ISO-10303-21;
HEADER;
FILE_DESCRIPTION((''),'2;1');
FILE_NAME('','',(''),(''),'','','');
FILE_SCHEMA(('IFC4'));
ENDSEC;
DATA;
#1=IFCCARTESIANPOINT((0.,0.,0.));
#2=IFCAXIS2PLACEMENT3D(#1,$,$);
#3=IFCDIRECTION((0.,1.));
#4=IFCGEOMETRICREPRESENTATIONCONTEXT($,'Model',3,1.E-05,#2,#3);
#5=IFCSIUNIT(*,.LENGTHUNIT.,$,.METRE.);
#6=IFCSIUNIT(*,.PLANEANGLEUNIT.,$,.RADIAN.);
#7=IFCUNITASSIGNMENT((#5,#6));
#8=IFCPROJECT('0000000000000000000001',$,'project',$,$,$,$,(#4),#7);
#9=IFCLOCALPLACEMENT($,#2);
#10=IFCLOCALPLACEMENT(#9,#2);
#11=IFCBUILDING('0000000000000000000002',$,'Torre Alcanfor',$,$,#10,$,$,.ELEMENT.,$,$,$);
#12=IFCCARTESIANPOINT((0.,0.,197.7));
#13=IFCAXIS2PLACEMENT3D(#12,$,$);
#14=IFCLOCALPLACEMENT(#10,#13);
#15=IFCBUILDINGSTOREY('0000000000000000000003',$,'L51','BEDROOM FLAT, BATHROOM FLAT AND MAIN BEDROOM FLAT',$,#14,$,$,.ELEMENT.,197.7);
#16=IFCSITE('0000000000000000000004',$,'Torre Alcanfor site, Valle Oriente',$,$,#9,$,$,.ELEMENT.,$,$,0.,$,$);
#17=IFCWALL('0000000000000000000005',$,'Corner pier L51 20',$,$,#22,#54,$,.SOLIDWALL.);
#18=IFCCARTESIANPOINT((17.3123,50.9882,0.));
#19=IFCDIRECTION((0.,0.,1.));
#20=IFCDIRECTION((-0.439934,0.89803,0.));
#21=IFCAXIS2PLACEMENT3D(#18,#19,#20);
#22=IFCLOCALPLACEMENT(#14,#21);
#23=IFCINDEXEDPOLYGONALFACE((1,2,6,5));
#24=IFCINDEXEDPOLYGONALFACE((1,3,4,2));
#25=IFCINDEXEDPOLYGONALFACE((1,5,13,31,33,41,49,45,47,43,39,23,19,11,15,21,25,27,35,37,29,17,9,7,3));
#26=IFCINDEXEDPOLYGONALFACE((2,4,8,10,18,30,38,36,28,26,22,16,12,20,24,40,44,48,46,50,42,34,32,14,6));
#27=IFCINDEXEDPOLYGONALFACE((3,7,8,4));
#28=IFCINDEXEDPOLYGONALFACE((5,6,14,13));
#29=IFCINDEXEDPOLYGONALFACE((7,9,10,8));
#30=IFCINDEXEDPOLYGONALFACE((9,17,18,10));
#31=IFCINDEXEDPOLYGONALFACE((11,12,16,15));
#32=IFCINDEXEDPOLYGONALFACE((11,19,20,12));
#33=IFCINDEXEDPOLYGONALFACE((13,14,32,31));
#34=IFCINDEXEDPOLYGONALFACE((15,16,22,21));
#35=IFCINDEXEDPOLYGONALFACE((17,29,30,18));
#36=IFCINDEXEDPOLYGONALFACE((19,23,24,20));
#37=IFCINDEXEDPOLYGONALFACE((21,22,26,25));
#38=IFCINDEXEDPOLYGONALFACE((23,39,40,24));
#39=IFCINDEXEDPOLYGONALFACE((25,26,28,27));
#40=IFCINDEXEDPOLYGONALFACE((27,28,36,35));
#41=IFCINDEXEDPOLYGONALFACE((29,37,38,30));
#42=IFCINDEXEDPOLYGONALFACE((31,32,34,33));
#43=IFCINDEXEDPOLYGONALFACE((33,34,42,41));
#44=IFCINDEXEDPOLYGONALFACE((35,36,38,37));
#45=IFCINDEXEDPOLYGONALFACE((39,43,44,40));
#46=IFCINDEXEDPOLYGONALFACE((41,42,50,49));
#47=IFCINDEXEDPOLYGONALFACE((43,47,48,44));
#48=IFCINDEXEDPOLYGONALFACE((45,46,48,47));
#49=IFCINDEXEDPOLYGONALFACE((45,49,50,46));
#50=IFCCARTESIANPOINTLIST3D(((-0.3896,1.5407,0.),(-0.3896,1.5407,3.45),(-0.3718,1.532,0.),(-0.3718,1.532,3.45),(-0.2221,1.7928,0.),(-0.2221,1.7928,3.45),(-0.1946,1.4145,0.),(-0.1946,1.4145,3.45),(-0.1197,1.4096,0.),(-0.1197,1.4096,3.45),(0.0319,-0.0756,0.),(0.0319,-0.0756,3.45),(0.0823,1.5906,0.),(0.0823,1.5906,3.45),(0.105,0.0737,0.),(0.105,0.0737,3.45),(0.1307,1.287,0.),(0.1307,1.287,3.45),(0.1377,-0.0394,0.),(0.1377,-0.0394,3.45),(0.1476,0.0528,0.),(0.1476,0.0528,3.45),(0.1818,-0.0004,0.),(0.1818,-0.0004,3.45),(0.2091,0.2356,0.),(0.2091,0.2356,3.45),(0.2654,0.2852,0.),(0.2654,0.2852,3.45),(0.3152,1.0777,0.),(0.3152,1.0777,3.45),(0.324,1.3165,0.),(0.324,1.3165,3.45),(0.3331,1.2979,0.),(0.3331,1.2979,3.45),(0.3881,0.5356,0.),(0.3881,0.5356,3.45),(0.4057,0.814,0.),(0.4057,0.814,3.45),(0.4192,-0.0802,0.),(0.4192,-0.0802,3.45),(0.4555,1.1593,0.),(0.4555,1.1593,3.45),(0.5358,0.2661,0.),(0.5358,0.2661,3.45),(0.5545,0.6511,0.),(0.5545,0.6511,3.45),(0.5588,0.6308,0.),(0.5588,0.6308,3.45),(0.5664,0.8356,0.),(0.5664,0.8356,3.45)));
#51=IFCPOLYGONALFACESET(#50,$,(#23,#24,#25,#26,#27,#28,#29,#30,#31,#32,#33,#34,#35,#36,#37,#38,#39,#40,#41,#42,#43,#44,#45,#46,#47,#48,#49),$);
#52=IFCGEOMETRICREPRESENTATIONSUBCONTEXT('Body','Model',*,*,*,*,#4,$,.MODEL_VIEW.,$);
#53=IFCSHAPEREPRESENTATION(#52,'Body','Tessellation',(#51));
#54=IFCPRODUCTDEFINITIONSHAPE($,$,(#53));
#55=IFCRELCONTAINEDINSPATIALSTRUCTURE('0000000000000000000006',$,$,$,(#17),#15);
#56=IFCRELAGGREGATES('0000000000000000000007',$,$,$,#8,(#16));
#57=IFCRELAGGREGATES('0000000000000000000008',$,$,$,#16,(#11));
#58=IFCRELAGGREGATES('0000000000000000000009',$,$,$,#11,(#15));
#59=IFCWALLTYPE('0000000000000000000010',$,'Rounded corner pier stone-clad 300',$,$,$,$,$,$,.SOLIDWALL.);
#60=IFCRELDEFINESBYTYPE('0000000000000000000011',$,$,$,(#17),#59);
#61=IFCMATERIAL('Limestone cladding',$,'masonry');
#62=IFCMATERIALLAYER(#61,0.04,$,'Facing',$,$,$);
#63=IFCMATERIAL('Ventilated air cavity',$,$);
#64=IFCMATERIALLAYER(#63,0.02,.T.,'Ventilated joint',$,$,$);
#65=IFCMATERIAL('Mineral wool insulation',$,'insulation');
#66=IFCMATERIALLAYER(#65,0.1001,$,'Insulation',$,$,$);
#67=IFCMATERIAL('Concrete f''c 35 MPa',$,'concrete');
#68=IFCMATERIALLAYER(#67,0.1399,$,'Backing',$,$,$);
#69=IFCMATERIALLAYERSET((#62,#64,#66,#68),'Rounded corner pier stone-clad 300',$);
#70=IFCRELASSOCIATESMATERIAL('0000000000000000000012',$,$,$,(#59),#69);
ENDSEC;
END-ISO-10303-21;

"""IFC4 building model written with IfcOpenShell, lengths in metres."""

from ifc_helpers import new_model, si_unit, direction, frame, origin, place, context, subcontext, project, spatial, polyline, outline, extrude, material, layer, layer_set, type_object, element, save


model = new_model("IFC4")

# Units and contexts
model_context = context("Model", 3, precision=1e-05, world=origin(), true_north=direction((0.0, 1.0)))
body_context = subcontext(model_context, "Body", "Model", "MODEL_VIEW")
ifc_project = project(units=[si_unit("LENGTHUNIT", "METRE"), si_unit("PLANEANGLEUNIT", "RADIAN")], contexts=[model_context])

# Site, building, storey
site_placement = place(None, origin())
site = spatial("IfcSite", under=ifc_project, at=site_placement, Name="Torre Alcanfor site, Valle Oriente", CompositionType="ELEMENT", RefElevation=0.0)
building_placement = place(site_placement, origin())
building = spatial("IfcBuilding", under=site, at=building_placement, Name="Torre Alcanfor", CompositionType="ELEMENT")
storey_placement = place(building_placement, frame((0.0, 0.0, 197.7)))
storey = spatial("IfcBuildingStorey", under=building, at=storey_placement, Name="L51", Description="BEDROOM FLAT, BATHROOM FLAT AND MAIN BEDROOM FLAT", CompositionType="ELEMENT", Elevation=197.7)

# Shared definitions
ifc_material_1 = material(Name="Limestone cladding", Category="masonry")
ifc_material_2 = material(Name="Ventilated air cavity")
ifc_material_3 = material(Name="Mineral wool insulation", Category="insulation")
ifc_material_4 = material(Name="Concrete f'c 35 MPa", Category="concrete")

# Wall
ifc_layer_1 = layer(ifc_material_1, 0.04, Name="Facing")
ifc_layer_2 = layer(ifc_material_2, 0.02, ventilated=True, Name="Ventilated joint")
ifc_layer_3 = layer(ifc_material_3, 0.1001, Name="Insulation")
ifc_layer_4 = layer(ifc_material_4, 0.1399, Name="Backing")
ifc_layer_set_1 = layer_set([ifc_layer_1, ifc_layer_2, ifc_layer_3, ifc_layer_4], Name="Rounded corner pier stone-clad 300")
wall_type_1 = type_object("IfcWallType", Name="Rounded corner pier stone-clad 300", PredefinedType="SOLIDWALL", material=ifc_layer_set_1)
wall_1_placement = place(storey_placement, frame((17.3123, 50.9882, 0.0), z_axis=(0.0, 0.0, 1.0), x_axis=(-0.439934, 0.89803, 0.0)))
element("IfcWall", 1, at=wall_1_placement, inside=storey, type_object=wall_type_1, Name="Corner pier L51 20", PredefinedType="SOLIDWALL", context=body_context, shape_type="SweptSolid", body=[
    extrude(outline(polyline([(0.1377, -0.0394), (0.1818, -0.0004), (0.4192, -0.0802), (0.5358, 0.2661), (0.5588, 0.6308), (0.5545, 0.6511), (0.5664, 0.8356), (0.4555, 1.1593), (0.3331, 1.2979), (0.324, 1.3165), (0.0823, 1.5906), (-0.2221, 1.7928), (-0.3896, 1.5407), (-0.3718, 1.532), (-0.1946, 1.4145), (-0.1197, 1.4096), (0.1307, 1.287), (0.3152, 1.0777), (0.4057, 0.814), (0.3881, 0.5356), (0.2654, 0.2852), (0.2091, 0.2356), (0.1476, 0.0528), (0.105, 0.0737), (0.0319, -0.0756), (0.1377, -0.0394)])), origin(), (0.0, 0.0, 1.0), 3.45),
])

save(model, "model.ifc")
